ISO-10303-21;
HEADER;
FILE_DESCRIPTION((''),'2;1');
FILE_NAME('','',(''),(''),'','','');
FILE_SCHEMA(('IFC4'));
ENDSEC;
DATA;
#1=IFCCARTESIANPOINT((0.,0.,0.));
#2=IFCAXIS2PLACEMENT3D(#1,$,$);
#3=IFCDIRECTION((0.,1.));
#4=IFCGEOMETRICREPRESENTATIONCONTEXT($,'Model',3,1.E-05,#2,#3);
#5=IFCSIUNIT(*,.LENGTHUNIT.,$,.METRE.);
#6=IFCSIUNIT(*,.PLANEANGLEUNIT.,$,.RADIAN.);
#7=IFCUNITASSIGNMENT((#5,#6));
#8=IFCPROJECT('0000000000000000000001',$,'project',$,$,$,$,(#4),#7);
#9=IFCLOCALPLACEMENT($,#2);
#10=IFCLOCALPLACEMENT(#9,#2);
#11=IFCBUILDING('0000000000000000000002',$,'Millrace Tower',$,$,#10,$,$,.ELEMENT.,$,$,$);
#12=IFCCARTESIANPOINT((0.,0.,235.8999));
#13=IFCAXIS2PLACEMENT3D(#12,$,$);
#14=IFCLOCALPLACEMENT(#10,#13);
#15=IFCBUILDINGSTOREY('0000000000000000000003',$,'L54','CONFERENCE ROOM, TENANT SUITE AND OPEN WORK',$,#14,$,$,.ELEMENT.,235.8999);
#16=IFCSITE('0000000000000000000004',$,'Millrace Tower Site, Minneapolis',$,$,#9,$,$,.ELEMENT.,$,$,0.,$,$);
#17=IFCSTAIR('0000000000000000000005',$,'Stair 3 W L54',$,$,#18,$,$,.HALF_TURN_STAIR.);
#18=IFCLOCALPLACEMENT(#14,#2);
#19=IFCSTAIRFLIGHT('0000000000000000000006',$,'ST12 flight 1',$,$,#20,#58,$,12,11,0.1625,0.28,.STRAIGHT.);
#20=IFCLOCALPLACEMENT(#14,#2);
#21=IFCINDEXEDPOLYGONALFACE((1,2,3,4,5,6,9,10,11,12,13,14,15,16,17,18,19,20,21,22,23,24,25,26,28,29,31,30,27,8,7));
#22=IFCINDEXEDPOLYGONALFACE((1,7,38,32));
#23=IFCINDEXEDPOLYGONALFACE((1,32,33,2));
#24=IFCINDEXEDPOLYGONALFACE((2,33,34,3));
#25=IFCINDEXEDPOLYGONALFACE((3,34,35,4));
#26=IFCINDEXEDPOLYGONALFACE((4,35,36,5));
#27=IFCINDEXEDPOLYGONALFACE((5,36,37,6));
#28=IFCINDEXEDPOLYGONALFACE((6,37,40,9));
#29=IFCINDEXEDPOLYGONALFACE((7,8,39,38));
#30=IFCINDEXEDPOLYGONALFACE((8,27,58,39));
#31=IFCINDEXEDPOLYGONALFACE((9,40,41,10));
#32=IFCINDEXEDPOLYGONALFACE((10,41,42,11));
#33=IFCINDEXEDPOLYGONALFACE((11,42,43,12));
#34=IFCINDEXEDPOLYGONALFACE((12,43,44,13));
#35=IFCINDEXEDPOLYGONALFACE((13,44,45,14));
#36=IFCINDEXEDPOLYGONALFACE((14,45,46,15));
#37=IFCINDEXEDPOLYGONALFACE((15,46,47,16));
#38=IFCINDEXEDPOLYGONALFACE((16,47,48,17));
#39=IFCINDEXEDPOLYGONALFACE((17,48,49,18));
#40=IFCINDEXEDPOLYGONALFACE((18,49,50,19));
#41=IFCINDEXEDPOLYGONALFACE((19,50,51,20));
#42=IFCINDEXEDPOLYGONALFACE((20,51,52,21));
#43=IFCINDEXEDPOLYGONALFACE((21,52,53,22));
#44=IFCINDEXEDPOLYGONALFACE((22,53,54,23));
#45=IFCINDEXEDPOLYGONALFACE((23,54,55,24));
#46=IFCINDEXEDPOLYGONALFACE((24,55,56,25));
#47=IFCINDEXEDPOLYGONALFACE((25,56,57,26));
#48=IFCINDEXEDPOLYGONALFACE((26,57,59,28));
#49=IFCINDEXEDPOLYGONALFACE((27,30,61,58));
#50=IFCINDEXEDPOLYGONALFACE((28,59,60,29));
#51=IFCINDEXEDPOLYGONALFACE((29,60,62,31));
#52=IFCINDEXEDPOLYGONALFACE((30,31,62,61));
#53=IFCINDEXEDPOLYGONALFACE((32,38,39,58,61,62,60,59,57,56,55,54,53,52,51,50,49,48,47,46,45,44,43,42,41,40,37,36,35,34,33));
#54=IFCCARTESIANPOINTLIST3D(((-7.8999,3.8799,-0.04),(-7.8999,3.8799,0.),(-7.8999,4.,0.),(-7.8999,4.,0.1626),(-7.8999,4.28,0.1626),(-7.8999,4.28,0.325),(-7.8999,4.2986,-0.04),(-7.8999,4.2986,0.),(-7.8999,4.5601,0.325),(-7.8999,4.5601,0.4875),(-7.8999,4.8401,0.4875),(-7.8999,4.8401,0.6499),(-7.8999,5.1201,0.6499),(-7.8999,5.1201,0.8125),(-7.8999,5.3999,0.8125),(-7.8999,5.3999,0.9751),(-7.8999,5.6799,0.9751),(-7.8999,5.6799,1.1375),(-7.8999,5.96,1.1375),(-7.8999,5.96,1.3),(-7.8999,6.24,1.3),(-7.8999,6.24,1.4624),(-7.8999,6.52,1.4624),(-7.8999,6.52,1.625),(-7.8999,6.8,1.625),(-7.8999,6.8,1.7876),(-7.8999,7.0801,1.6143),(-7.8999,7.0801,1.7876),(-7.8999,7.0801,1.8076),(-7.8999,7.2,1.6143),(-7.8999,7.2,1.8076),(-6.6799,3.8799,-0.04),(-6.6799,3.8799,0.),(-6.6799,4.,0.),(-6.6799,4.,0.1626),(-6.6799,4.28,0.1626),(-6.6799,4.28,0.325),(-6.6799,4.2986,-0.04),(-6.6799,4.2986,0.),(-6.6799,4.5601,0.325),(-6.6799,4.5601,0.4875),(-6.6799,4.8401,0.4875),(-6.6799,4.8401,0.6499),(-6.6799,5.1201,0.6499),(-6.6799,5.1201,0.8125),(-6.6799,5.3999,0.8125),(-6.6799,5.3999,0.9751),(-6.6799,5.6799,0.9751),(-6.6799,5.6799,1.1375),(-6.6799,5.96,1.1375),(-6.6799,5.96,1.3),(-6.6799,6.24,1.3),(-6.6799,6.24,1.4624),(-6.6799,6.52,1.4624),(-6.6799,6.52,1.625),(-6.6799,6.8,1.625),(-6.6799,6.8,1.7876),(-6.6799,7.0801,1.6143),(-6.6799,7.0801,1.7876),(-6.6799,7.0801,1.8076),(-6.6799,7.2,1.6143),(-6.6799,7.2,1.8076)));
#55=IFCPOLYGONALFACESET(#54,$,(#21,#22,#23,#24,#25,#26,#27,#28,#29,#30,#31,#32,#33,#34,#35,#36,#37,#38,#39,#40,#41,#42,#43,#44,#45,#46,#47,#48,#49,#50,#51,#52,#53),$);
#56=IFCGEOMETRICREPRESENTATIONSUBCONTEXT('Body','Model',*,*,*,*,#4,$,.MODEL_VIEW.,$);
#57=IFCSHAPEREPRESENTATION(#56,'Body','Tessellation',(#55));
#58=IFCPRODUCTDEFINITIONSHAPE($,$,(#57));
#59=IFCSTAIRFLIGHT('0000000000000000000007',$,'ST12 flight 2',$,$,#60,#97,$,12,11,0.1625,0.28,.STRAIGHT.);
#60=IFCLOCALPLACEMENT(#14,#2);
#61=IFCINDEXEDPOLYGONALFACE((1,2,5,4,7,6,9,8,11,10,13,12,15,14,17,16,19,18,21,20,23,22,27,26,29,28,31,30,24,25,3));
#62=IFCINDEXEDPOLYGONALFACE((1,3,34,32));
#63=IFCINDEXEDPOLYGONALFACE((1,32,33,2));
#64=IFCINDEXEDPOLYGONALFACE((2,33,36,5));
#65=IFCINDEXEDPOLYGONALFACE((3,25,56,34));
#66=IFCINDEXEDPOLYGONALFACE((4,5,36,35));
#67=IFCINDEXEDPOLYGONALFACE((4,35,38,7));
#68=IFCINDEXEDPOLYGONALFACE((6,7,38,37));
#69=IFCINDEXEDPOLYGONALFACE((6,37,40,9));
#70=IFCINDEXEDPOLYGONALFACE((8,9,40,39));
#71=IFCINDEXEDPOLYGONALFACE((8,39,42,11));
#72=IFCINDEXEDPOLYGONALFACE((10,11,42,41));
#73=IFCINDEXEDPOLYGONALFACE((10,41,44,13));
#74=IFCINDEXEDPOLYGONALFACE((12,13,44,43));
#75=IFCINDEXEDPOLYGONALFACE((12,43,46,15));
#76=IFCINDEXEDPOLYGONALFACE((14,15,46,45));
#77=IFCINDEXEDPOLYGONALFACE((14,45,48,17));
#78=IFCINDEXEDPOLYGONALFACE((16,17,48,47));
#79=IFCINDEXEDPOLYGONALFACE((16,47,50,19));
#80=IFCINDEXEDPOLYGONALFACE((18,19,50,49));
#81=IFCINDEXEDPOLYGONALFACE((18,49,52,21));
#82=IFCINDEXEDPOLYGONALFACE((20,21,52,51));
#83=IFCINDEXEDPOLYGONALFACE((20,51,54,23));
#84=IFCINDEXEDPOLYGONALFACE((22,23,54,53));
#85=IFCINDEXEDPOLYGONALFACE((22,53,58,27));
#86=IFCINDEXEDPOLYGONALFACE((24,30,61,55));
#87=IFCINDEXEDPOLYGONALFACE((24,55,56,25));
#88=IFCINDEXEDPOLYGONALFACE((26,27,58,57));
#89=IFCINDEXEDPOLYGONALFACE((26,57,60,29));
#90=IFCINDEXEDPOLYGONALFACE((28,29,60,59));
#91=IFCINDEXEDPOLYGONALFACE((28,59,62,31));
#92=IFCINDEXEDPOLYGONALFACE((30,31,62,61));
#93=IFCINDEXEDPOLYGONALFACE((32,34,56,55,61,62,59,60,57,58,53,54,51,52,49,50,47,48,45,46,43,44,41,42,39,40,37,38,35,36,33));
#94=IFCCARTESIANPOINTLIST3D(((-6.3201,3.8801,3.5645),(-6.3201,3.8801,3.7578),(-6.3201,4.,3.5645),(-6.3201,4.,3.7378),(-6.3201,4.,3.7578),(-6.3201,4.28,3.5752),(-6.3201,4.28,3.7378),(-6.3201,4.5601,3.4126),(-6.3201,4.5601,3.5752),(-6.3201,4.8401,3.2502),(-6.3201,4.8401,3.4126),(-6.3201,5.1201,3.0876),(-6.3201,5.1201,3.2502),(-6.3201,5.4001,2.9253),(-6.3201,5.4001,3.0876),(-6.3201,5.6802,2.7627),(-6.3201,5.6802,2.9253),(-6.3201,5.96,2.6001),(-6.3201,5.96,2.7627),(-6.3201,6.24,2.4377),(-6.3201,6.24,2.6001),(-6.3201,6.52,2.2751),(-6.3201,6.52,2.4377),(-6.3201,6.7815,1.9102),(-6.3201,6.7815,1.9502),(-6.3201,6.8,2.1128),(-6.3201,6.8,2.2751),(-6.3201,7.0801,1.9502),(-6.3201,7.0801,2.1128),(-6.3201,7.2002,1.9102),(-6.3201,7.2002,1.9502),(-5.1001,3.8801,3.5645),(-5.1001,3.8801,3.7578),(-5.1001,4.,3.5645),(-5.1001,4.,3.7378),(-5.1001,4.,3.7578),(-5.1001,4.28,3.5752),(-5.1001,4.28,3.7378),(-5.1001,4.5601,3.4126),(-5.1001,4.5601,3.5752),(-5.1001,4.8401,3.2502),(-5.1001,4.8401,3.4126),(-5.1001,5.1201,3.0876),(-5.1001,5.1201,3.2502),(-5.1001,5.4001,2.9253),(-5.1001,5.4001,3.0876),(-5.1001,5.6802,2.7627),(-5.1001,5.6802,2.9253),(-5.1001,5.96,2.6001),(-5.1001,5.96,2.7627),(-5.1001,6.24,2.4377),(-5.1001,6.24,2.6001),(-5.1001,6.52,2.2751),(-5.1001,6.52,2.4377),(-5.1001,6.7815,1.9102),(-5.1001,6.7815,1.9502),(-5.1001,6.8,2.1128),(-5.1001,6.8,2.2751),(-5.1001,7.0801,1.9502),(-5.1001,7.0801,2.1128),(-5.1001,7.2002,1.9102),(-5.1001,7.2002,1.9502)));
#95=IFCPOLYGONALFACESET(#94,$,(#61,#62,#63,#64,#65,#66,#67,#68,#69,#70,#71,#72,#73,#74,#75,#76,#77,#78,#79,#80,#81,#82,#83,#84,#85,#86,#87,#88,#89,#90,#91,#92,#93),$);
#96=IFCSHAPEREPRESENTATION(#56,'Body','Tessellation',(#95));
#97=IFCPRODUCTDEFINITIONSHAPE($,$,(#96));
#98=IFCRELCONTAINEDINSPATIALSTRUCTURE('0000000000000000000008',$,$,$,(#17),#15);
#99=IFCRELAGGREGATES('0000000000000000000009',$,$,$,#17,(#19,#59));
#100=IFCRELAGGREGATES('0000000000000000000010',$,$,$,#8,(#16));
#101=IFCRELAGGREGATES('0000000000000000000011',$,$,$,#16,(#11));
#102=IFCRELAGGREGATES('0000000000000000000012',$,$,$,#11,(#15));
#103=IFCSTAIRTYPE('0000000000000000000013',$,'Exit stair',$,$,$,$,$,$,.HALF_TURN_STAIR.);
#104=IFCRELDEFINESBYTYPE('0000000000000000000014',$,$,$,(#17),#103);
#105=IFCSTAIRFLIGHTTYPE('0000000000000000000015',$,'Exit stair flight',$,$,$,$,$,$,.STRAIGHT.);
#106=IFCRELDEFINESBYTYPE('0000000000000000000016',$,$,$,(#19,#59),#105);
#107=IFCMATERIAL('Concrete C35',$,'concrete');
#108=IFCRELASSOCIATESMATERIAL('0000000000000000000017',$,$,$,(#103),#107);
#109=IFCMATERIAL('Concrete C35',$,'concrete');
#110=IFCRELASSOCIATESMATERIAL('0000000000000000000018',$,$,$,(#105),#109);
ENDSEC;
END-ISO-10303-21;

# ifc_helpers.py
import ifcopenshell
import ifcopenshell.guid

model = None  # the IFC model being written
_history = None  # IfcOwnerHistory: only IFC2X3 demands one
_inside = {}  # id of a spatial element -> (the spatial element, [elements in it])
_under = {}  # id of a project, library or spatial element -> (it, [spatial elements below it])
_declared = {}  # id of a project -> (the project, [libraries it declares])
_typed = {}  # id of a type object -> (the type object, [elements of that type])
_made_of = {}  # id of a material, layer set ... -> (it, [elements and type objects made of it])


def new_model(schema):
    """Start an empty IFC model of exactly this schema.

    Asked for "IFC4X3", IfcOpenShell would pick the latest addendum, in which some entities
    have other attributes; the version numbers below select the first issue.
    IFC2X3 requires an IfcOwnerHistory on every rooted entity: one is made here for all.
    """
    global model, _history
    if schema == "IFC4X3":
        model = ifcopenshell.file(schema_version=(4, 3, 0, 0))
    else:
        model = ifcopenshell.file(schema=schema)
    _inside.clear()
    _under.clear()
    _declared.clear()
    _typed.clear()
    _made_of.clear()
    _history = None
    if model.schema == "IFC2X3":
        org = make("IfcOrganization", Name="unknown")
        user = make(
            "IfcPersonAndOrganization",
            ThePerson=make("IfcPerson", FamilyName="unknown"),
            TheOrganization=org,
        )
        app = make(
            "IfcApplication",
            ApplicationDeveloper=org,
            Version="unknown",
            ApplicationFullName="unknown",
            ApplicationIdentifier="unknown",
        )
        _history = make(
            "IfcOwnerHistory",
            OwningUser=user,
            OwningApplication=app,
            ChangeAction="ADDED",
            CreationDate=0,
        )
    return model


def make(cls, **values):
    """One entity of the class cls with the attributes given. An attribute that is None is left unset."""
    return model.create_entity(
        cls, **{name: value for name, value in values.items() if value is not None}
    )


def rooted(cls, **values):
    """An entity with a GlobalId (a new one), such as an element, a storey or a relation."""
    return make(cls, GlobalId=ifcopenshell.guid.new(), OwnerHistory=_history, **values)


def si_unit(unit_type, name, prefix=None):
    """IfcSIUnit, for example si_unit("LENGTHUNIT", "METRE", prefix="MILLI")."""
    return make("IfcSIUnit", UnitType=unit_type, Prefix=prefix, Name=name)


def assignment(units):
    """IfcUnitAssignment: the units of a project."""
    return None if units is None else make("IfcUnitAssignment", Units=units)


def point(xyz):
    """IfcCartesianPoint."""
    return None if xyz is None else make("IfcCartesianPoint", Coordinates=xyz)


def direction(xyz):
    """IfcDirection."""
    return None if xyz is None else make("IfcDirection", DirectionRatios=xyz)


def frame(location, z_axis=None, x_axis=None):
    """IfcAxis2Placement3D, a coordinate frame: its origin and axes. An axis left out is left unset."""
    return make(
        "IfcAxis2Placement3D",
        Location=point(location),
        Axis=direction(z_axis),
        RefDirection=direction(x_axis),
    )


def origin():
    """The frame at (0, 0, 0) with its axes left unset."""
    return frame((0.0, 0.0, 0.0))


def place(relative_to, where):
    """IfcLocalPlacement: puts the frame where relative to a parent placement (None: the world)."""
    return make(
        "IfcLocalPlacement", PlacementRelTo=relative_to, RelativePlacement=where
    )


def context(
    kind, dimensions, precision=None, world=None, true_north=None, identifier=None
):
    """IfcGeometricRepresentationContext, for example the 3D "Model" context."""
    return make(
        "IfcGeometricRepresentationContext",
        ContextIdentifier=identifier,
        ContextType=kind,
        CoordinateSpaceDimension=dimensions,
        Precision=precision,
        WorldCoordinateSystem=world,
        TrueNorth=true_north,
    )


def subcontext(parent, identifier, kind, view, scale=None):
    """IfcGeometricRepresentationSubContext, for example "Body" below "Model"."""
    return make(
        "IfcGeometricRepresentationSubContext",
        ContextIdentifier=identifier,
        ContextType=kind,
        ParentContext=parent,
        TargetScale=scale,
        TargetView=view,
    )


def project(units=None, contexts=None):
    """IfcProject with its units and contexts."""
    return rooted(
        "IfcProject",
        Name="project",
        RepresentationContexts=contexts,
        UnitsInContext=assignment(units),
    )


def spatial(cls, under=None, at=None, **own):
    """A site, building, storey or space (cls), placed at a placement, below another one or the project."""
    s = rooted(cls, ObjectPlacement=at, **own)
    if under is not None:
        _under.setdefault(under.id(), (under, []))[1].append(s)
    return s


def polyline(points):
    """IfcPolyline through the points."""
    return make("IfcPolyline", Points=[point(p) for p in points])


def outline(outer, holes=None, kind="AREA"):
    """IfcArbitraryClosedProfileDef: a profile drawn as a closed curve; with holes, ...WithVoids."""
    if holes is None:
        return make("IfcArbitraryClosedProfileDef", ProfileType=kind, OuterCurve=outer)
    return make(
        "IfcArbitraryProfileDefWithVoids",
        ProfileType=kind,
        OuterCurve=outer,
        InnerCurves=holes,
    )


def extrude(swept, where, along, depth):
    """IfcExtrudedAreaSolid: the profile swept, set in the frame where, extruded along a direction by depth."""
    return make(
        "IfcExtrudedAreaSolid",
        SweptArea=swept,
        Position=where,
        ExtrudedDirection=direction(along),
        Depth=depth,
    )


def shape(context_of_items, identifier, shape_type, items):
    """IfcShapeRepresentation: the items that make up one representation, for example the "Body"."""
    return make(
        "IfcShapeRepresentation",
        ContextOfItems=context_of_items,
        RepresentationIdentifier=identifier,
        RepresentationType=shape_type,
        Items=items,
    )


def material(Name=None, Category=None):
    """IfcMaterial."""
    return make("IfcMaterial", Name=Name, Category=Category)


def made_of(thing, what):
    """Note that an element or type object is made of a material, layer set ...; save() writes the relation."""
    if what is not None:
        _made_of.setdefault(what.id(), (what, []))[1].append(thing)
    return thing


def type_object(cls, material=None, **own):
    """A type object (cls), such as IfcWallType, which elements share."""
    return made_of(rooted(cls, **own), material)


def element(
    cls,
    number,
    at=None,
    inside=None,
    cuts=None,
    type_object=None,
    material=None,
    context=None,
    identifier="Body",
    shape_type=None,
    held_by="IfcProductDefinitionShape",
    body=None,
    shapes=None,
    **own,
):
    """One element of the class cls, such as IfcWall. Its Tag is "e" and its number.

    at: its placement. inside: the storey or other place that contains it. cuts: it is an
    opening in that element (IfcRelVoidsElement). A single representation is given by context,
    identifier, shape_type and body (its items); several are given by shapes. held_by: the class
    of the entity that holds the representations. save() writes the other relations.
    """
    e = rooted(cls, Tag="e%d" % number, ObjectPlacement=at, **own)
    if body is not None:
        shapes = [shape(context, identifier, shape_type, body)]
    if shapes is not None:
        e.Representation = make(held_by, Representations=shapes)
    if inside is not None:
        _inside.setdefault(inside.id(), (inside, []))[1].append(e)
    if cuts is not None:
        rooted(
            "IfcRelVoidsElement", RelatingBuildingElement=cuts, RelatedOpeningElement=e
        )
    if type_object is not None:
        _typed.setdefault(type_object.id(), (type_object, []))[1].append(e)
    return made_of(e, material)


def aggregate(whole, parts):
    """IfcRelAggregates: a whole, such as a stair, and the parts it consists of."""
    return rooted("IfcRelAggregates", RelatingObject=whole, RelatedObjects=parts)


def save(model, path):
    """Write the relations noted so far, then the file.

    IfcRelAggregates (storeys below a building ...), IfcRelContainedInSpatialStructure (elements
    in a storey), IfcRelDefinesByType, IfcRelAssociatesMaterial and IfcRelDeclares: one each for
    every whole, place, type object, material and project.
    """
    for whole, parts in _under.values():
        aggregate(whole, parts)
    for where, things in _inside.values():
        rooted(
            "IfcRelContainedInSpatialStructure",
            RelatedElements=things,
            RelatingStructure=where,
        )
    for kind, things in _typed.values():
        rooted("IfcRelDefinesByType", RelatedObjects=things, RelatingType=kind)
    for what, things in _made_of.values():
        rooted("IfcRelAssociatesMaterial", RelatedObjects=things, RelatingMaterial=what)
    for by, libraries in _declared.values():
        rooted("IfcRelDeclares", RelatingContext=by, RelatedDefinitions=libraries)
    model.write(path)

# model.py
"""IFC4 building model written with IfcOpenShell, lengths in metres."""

from ifc_helpers import new_model, si_unit, direction, frame, origin, place, context, subcontext, project, spatial, polyline, outline, extrude, material, type_object, element, aggregate, save


model = new_model("IFC4")

# Units and contexts
model_context = context("Model", 3, precision=1e-05, world=origin(), true_north=direction((0.0, 1.0)))
body_context = subcontext(model_context, "Body", "Model", "MODEL_VIEW")
ifc_project = project(units=[si_unit("LENGTHUNIT", "METRE"), si_unit("PLANEANGLEUNIT", "RADIAN")], contexts=[model_context])

# Site, building, storey
site_placement = place(None, origin())
site = spatial("IfcSite", under=ifc_project, at=site_placement, Name="Millrace Tower Site, Minneapolis", CompositionType="ELEMENT", RefElevation=0.0)
building_placement = place(site_placement, origin())
building = spatial("IfcBuilding", under=site, at=building_placement, Name="Millrace Tower", CompositionType="ELEMENT")
storey_placement = place(building_placement, frame((0.0, 0.0, 235.8999)))
storey = spatial("IfcBuildingStorey", under=building, at=storey_placement, Name="L54", Description="CONFERENCE ROOM, TENANT SUITE AND OPEN WORK", CompositionType="ELEMENT", Elevation=235.8999)

# Stair, stair flights
ifc_material_1 = material(Name="Concrete C35", Category="concrete")
stair_type = type_object("IfcStairType", Name="Exit stair", PredefinedType="HALF_TURN_STAIR", material=ifc_material_1)
placement = place(storey_placement, origin())
ifc_material_2 = material(Name="Concrete C35", Category="concrete")
stair_flight_type = type_object("IfcStairFlightType", Name="Exit stair flight", PredefinedType="STRAIGHT", material=ifc_material_2)
stair_1 = element("IfcStair", 1, at=placement, inside=storey, type_object=stair_type, Name="Stair 3 W L54", PredefinedType="HALF_TURN_STAIR")
stair_flight_1_placement = place(storey_placement, frame((-7.29, 4.0, 0.0), z_axis=(0.0, 0.0, 1.0), x_axis=(0.0, 1.0, 0.0)))
stair_flight_1 = element("IfcStairFlight", 2, at=stair_flight_1_placement, type_object=stair_flight_type, Name="ST12 flight 1", NumberOfRisers=12, NumberOfTreads=11, PredefinedType="STRAIGHT", RiserHeight=0.1625, TreadLength=0.28, context=body_context, shape_type="SweptSolid", body=[
    extrude(outline(polyline([(-0.1201, -0.04), (-0.1201, 0.0), (0.0, 0.0), (0.0, 0.1626), (0.28, 0.1626), (0.28, 0.325), (0.5601, 0.325), (0.5601, 0.4875), (0.8401, 0.4875), (0.8401, 0.6499), (1.1201, 0.6499), (1.1201, 0.8125), (1.3999, 0.8125), (1.3999, 0.9751), (1.6799, 0.9751), (1.6799, 1.1375), (1.96, 1.1375), (1.96, 1.3), (2.24, 1.3), (2.24, 1.4624), (2.52, 1.4624), (2.52, 1.625), (2.8, 1.625), (2.8, 1.7876), (3.0801, 1.7876), (3.0801, 1.8076), (3.2, 1.8076), (3.2, 1.6143), (3.0801, 1.6143), (0.2986, 0.0), (0.2986, -0.04), (-0.1201, -0.04)])), frame((0.0, 0.6099, 0.0), z_axis=(0.0, -1.0, 0.0), x_axis=(1.0, 0.0, 0.0)), (0.0, 0.0, 1.0), 1.22),
])
stair_flight_2_placement = place(storey_placement, frame((-5.71, 7.0801, 1.9502), z_axis=(0.0, 0.0, 1.0), x_axis=(0.0, -1.0, 0.0)))
stair_flight_2 = element("IfcStairFlight", 3, at=stair_flight_2_placement, type_object=stair_flight_type, Name="ST12 flight 2", NumberOfRisers=12, NumberOfTreads=11, PredefinedType="STRAIGHT", RiserHeight=0.1625, TreadLength=0.28, context=body_context, shape_type="SweptSolid", body=[
    extrude(outline(polyline([(-0.1201, -0.04), (-0.1201, 0.0), (0.0, 0.0), (0.0, 0.1626), (0.28, 0.1626), (0.28, 0.325), (0.5601, 0.325), (0.5601, 0.4875), (0.8401, 0.4875), (0.8401, 0.6499), (1.1201, 0.6499), (1.1201, 0.8125), (1.3999, 0.8125), (1.3999, 0.9751), (1.6799, 0.9751), (1.6799, 1.1375), (1.96, 1.1375), (1.96, 1.3), (2.24, 1.3), (2.24, 1.4624), (2.52, 1.4624), (2.52, 1.625), (2.8, 1.625), (2.8, 1.7876), (3.0801, 1.7876), (3.0801, 1.8076), (3.2, 1.8076), (3.2, 1.6143), (3.0801, 1.6143), (0.2986, 0.0), (0.2986, -0.04), (-0.1201, -0.04)])), frame((0.0, 0.6099, 0.0), z_axis=(0.0, -1.0, 0.0), x_axis=(1.0, 0.0, 0.0)), (0.0, 0.0, 1.0), 1.22),
])
aggregate(stair_1, [stair_flight_1, stair_flight_2])

save(model, "model.ifc")
